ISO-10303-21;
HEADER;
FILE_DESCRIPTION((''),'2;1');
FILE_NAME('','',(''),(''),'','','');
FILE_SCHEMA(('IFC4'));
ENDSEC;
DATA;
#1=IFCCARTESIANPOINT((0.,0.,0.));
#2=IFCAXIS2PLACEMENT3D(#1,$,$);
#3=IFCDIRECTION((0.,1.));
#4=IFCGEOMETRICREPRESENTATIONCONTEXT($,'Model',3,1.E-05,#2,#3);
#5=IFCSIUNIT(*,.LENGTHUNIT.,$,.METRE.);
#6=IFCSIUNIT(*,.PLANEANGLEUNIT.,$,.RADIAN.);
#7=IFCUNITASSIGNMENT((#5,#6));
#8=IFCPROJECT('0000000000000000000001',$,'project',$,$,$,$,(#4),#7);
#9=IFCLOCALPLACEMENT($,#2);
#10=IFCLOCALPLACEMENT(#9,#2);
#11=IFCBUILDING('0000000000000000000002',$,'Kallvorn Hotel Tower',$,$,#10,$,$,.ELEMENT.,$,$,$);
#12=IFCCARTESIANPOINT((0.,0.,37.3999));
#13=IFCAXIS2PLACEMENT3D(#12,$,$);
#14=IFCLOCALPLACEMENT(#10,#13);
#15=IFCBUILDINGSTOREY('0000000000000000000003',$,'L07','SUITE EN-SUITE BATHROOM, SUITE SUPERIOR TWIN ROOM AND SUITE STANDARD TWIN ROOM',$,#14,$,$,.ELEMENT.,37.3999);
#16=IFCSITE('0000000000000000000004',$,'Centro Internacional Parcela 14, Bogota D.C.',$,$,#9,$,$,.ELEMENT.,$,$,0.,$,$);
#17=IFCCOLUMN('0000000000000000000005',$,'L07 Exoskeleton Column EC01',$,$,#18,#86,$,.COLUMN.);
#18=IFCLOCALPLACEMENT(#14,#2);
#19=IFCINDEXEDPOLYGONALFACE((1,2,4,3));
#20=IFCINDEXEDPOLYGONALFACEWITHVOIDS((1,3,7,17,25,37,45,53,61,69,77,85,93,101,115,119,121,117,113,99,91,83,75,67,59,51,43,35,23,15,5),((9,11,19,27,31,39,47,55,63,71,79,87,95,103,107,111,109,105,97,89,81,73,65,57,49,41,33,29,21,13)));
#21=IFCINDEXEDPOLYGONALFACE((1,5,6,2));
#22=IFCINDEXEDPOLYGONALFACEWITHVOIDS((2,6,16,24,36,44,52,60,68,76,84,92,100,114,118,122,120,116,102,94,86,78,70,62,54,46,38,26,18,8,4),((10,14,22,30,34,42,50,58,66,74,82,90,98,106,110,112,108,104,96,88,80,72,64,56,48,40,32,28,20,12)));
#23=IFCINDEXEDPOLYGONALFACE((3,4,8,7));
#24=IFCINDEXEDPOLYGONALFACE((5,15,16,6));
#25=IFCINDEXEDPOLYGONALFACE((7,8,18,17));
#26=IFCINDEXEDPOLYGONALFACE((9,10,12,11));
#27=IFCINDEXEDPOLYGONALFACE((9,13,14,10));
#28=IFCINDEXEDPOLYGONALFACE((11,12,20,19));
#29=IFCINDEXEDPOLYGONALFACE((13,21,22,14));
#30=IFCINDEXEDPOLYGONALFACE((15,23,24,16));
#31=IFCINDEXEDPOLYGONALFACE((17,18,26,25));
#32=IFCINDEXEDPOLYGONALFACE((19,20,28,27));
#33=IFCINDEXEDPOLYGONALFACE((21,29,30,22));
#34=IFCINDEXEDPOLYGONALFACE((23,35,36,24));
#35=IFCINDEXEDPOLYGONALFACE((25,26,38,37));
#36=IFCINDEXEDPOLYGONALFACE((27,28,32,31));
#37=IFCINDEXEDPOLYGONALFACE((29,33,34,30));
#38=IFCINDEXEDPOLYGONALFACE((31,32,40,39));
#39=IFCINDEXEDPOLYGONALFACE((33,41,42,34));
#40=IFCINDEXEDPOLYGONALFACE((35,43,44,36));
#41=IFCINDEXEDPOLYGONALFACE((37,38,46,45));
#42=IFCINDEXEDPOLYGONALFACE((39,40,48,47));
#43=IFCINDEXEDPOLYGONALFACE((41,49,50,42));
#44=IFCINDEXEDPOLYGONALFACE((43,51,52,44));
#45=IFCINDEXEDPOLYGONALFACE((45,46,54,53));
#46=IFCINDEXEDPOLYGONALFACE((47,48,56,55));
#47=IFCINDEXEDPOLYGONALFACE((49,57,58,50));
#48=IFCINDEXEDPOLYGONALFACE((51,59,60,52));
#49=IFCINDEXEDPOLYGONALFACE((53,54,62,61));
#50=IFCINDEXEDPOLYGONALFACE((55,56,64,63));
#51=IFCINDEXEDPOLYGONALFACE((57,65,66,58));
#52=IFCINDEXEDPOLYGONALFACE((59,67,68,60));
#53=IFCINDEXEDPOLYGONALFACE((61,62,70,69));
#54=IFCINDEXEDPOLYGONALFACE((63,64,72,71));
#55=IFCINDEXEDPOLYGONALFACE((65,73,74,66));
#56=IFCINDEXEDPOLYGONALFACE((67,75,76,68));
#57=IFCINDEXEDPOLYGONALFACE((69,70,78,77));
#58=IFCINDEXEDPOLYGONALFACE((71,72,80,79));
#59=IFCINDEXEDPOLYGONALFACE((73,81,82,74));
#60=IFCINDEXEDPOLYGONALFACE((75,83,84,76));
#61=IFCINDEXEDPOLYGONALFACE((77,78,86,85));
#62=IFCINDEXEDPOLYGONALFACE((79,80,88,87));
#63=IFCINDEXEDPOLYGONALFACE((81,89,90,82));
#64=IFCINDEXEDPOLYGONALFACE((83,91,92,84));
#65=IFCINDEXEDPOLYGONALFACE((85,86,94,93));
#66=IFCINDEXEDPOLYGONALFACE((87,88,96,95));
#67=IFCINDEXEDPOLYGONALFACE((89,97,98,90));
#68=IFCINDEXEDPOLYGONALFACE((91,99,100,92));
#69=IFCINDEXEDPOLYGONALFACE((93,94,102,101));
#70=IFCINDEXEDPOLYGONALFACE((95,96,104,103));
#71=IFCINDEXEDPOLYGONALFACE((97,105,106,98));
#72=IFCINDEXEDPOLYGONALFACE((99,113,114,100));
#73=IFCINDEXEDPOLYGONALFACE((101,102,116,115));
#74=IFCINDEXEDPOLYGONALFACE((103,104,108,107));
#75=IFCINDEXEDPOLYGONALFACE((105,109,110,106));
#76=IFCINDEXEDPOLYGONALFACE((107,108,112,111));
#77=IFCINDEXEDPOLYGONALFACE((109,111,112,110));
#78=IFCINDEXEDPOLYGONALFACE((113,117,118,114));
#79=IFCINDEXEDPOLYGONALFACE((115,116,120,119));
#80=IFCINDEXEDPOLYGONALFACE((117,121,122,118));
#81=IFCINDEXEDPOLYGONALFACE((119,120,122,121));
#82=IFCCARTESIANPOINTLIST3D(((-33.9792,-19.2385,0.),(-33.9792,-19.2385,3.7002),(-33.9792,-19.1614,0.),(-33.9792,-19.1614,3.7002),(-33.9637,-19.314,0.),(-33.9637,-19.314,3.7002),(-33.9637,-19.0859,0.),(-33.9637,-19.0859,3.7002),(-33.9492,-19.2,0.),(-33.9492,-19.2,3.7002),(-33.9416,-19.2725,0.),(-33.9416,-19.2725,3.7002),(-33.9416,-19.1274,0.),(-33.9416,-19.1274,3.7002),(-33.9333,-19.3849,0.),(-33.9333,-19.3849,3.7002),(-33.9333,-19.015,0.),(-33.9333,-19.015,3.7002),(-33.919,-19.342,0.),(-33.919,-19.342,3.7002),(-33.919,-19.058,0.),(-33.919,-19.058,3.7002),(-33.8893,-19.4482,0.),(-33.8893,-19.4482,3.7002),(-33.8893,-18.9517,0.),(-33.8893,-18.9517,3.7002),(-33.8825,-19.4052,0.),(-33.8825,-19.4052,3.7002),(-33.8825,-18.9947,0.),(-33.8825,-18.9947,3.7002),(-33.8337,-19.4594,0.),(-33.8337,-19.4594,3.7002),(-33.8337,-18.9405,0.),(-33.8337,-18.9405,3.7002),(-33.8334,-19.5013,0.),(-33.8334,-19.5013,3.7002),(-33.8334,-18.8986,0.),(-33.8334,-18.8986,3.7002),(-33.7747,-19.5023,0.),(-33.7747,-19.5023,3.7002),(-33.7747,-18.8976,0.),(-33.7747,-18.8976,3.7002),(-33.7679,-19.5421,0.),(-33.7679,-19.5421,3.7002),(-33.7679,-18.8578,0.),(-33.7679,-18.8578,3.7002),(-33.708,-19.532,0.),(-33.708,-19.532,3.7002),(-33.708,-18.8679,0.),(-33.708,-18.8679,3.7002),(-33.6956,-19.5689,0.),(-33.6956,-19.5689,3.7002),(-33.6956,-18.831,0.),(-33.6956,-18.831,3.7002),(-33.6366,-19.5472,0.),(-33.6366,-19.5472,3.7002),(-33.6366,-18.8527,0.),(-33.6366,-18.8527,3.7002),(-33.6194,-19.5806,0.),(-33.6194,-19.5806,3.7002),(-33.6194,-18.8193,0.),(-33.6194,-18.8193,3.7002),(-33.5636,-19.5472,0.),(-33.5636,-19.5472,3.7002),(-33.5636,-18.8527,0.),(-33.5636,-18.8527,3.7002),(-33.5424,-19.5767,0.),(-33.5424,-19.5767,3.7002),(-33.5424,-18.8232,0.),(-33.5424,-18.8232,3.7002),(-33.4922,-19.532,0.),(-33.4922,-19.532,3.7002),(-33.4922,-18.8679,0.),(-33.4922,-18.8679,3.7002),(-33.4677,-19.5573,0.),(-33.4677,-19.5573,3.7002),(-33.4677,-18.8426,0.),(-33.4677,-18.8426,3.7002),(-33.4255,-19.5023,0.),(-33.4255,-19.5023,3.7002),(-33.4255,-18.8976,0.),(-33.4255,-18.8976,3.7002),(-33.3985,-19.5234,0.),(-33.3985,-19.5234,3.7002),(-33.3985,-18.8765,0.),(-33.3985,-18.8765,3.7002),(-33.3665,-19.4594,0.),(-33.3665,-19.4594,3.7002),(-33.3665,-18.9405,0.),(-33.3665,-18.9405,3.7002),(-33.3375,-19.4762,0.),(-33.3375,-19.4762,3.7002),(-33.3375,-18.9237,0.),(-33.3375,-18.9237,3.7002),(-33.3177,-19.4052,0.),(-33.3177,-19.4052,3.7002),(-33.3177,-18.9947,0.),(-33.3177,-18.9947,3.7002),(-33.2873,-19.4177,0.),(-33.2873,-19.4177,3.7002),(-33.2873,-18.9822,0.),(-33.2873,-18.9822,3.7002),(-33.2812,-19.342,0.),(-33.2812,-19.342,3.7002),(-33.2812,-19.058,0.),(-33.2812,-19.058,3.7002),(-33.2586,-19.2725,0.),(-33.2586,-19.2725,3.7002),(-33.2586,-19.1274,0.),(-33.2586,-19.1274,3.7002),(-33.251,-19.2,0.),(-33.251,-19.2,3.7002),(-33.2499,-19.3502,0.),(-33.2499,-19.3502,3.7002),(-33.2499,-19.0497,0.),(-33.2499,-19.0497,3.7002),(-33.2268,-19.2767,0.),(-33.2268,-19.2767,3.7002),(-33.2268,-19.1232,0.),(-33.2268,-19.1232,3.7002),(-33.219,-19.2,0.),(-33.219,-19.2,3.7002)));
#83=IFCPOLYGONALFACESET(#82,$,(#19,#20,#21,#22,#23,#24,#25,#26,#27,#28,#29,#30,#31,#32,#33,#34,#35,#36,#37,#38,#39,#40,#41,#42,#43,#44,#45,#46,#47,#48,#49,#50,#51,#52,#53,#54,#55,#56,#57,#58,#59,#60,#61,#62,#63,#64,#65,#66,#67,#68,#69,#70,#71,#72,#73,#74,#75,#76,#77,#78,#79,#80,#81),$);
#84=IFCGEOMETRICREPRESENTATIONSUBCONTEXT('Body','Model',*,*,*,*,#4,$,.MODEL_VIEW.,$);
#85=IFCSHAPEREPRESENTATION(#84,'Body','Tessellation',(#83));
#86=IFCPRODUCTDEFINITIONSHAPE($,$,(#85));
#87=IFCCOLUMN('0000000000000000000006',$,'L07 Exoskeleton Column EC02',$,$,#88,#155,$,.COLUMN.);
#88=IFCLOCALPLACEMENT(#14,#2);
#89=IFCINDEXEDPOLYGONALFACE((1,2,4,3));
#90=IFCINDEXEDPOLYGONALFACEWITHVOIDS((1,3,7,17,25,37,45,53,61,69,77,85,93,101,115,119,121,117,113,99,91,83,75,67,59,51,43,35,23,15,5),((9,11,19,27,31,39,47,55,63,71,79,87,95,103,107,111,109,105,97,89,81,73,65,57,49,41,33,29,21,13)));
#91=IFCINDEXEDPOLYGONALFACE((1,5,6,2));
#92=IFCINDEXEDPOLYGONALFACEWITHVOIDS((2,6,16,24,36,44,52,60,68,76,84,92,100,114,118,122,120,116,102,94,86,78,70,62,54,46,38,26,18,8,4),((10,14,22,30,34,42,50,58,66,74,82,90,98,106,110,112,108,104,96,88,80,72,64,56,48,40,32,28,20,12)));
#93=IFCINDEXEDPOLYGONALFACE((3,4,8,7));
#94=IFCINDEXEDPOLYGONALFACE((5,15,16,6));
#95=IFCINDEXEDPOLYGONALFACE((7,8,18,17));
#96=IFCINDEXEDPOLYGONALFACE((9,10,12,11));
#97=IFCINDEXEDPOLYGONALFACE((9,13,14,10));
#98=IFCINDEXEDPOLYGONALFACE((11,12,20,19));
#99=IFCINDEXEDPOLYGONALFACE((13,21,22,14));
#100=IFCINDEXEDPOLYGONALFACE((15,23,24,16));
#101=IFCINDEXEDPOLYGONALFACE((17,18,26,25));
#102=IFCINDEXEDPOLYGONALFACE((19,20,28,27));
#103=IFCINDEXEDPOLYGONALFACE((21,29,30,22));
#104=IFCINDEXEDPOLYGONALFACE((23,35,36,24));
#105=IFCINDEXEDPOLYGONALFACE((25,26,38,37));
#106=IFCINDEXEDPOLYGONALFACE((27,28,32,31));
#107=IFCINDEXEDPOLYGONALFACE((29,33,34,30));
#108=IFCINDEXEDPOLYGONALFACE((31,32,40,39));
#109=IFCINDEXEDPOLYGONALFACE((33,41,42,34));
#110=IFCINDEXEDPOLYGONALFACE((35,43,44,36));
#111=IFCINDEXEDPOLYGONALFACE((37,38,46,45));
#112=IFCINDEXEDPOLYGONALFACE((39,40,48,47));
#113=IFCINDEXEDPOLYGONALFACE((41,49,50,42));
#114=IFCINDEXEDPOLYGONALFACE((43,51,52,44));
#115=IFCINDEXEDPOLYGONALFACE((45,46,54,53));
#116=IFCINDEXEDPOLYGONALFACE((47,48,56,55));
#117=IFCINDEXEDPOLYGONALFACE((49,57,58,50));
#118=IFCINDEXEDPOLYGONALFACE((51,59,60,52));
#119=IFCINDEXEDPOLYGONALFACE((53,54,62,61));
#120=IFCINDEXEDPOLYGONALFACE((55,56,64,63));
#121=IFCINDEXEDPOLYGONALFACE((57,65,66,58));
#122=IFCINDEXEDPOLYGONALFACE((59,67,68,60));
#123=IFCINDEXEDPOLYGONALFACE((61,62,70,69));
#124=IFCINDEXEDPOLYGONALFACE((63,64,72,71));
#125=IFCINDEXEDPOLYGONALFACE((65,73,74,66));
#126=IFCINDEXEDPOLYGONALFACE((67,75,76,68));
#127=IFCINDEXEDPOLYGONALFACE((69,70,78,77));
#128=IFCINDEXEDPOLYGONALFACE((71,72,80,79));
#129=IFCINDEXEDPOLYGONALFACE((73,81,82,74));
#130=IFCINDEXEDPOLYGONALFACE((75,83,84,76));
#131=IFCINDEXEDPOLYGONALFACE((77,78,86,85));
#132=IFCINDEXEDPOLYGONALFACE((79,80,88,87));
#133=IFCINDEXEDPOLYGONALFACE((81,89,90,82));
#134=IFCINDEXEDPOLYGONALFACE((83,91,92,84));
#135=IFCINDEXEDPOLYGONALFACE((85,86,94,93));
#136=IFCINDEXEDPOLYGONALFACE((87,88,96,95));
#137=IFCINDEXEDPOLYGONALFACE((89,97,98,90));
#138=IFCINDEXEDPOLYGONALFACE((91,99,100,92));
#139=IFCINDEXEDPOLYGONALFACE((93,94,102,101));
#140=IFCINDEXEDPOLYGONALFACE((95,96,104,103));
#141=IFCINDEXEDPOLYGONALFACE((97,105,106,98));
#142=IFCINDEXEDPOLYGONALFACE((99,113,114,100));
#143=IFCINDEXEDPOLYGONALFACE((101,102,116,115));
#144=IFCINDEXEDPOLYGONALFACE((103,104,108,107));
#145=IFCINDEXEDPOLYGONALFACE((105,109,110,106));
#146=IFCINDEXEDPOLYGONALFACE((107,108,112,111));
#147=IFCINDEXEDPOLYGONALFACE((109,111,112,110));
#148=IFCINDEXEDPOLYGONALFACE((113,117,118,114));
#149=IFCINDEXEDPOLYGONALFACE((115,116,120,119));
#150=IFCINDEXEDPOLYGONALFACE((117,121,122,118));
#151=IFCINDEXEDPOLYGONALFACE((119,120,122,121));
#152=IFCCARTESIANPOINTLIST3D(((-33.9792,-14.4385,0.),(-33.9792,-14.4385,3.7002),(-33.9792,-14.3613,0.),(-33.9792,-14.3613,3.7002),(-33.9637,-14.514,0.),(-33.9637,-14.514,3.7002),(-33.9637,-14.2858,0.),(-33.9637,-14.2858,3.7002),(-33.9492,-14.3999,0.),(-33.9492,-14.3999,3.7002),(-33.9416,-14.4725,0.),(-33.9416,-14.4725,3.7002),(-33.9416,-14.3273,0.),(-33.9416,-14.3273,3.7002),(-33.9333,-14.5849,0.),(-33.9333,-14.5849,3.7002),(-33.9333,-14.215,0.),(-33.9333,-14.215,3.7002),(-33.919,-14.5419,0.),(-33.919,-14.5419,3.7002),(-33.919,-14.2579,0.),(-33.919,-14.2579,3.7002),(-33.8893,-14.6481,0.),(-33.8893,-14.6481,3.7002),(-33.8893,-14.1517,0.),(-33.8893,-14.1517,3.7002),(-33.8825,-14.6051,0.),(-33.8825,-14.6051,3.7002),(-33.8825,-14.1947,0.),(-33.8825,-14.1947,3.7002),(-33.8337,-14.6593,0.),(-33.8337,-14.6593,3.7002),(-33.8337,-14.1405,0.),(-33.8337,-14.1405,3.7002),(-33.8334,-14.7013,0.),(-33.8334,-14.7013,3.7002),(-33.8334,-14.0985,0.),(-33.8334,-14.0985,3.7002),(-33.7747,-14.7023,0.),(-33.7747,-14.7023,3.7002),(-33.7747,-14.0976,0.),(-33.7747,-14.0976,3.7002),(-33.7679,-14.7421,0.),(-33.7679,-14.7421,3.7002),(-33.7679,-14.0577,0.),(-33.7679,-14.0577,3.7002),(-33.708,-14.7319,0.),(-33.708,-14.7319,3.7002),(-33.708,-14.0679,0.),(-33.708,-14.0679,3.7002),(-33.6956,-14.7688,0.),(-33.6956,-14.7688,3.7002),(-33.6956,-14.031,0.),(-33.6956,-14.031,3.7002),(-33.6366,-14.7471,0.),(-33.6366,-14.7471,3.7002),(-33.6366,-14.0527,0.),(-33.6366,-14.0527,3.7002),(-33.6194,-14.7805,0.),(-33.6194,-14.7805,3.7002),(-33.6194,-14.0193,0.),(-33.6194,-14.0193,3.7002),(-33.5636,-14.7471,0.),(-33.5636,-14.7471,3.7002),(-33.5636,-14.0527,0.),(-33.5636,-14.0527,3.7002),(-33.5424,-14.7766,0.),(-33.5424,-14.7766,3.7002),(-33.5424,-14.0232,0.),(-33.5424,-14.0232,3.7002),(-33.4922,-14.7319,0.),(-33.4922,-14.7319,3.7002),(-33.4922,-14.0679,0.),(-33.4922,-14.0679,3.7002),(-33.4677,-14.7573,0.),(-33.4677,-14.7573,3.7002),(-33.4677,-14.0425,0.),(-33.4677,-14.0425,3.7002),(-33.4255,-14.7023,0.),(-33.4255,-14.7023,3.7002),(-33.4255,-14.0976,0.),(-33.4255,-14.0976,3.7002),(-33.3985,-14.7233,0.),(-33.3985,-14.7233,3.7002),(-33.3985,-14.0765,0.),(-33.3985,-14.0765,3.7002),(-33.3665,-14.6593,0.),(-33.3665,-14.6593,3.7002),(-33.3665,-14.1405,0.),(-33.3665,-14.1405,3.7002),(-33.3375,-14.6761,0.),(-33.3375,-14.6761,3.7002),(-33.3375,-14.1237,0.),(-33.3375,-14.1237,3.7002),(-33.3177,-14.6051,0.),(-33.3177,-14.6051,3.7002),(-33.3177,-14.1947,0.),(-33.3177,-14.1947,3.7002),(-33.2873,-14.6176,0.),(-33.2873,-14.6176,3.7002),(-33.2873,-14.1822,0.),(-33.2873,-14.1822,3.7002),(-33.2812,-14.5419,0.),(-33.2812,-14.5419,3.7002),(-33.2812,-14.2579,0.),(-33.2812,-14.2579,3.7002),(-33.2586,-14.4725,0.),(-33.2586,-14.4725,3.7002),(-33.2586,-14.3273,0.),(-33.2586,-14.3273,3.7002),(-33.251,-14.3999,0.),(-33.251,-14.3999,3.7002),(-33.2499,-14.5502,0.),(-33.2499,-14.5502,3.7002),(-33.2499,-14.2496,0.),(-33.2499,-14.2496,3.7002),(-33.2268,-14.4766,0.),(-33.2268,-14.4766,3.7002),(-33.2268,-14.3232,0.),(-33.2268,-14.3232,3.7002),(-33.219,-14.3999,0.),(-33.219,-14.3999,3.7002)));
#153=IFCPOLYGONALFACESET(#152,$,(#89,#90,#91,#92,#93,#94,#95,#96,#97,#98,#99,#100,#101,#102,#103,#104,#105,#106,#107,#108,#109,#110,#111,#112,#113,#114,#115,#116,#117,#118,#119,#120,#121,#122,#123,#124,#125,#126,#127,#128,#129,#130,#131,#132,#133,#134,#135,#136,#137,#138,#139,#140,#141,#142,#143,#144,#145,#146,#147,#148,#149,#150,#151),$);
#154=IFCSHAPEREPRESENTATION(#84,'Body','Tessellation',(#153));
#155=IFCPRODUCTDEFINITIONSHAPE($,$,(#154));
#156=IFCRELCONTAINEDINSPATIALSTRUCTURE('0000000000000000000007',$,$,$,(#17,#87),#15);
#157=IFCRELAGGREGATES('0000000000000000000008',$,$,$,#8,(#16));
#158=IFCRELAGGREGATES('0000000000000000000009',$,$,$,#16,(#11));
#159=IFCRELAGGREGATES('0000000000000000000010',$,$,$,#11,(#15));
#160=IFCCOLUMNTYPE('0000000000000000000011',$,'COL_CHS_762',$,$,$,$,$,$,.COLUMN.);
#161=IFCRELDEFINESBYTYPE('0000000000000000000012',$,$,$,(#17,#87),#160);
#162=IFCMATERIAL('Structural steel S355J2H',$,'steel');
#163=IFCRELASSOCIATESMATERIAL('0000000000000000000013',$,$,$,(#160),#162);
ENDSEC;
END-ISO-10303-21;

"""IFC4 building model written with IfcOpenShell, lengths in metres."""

from ifc_helpers import new_model, si_unit, direction, frame, origin, origin_2d, place, context, subcontext, project, spatial, hollow_circle, extrude, material, material_profile, profile_set, type_object, element, save


model = new_model("IFC4")

# Units and contexts
model_context = context("Model", 3, precision=1e-05, world=origin(), true_north=direction((0.0, 1.0)))
body_context = subcontext(model_context, "Body", "Model", "MODEL_VIEW")
ifc_project = project(units=[si_unit("LENGTHUNIT", "METRE"), si_unit("PLANEANGLEUNIT", "RADIAN")], contexts=[model_context])

# Site, building, storey
site_placement = place(None, origin())
site = spatial("IfcSite", under=ifc_project, at=site_placement, Name="Centro Internacional Parcela 14, Bogota D.C.", CompositionType="ELEMENT", RefElevation=0.0)
building_placement = place(site_placement, origin())
building = spatial("IfcBuilding", under=site, at=building_placement, Name="Kallvorn Hotel Tower", CompositionType="ELEMENT")
storey_placement = place(building_placement, frame((0.0, 0.0, 37.3999)))
storey = spatial("IfcBuildingStorey", under=building, at=storey_placement, Name="L07", Description="SUITE EN-SUITE BATHROOM, SUITE SUPERIOR TWIN ROOM AND SUITE STANDARD TWIN ROOM", CompositionType="ELEMENT", Elevation=37.3999)

# Columns
ifc_material_1 = material(Name="Structural steel S355J2H", Category="steel")
ifc_material_profile_1 = material_profile(ifc_material_1, hollow_circle(Radius=0.3811, WallThickness=0.032, at=origin_2d()), Name="CHS 762x32")
ifc_profile_set_1 = profile_set([ifc_material_profile_1], Name="Structural steel S355J2H")
column_type = type_object("IfcColumnType", Name="COL_CHS_762", PredefinedType="COLUMN", material=ifc_profile_set_1)
for number, where, z_axis, x_axis, name in (
    (1, (-33.6001, -19.2, 0.0), (0.0, 0.0, 1.0), (1.0, 0.0, 0.0), "L07 Exoskeleton Column EC01"),
    (2, (-33.6001, -14.3999, 0.0), (0.0, 0.0, 1.0), (1.0, 0.0, 0.0), "L07 Exoskeleton Column EC02"),
):
    element("IfcColumn", number, at=place(storey_placement, frame(where, z_axis=z_axis, x_axis=x_axis)), inside=storey, type_object=column_type, Name=name, PredefinedType="COLUMN", context=body_context, shape_type="SweptSolid", body=[
        extrude(hollow_circle(Radius=0.3811, WallThickness=0.032, at=origin_2d()), origin(), (0.0, 0.0, 1.0), 3.7002),
    ])

save(model, "model.ifc")
